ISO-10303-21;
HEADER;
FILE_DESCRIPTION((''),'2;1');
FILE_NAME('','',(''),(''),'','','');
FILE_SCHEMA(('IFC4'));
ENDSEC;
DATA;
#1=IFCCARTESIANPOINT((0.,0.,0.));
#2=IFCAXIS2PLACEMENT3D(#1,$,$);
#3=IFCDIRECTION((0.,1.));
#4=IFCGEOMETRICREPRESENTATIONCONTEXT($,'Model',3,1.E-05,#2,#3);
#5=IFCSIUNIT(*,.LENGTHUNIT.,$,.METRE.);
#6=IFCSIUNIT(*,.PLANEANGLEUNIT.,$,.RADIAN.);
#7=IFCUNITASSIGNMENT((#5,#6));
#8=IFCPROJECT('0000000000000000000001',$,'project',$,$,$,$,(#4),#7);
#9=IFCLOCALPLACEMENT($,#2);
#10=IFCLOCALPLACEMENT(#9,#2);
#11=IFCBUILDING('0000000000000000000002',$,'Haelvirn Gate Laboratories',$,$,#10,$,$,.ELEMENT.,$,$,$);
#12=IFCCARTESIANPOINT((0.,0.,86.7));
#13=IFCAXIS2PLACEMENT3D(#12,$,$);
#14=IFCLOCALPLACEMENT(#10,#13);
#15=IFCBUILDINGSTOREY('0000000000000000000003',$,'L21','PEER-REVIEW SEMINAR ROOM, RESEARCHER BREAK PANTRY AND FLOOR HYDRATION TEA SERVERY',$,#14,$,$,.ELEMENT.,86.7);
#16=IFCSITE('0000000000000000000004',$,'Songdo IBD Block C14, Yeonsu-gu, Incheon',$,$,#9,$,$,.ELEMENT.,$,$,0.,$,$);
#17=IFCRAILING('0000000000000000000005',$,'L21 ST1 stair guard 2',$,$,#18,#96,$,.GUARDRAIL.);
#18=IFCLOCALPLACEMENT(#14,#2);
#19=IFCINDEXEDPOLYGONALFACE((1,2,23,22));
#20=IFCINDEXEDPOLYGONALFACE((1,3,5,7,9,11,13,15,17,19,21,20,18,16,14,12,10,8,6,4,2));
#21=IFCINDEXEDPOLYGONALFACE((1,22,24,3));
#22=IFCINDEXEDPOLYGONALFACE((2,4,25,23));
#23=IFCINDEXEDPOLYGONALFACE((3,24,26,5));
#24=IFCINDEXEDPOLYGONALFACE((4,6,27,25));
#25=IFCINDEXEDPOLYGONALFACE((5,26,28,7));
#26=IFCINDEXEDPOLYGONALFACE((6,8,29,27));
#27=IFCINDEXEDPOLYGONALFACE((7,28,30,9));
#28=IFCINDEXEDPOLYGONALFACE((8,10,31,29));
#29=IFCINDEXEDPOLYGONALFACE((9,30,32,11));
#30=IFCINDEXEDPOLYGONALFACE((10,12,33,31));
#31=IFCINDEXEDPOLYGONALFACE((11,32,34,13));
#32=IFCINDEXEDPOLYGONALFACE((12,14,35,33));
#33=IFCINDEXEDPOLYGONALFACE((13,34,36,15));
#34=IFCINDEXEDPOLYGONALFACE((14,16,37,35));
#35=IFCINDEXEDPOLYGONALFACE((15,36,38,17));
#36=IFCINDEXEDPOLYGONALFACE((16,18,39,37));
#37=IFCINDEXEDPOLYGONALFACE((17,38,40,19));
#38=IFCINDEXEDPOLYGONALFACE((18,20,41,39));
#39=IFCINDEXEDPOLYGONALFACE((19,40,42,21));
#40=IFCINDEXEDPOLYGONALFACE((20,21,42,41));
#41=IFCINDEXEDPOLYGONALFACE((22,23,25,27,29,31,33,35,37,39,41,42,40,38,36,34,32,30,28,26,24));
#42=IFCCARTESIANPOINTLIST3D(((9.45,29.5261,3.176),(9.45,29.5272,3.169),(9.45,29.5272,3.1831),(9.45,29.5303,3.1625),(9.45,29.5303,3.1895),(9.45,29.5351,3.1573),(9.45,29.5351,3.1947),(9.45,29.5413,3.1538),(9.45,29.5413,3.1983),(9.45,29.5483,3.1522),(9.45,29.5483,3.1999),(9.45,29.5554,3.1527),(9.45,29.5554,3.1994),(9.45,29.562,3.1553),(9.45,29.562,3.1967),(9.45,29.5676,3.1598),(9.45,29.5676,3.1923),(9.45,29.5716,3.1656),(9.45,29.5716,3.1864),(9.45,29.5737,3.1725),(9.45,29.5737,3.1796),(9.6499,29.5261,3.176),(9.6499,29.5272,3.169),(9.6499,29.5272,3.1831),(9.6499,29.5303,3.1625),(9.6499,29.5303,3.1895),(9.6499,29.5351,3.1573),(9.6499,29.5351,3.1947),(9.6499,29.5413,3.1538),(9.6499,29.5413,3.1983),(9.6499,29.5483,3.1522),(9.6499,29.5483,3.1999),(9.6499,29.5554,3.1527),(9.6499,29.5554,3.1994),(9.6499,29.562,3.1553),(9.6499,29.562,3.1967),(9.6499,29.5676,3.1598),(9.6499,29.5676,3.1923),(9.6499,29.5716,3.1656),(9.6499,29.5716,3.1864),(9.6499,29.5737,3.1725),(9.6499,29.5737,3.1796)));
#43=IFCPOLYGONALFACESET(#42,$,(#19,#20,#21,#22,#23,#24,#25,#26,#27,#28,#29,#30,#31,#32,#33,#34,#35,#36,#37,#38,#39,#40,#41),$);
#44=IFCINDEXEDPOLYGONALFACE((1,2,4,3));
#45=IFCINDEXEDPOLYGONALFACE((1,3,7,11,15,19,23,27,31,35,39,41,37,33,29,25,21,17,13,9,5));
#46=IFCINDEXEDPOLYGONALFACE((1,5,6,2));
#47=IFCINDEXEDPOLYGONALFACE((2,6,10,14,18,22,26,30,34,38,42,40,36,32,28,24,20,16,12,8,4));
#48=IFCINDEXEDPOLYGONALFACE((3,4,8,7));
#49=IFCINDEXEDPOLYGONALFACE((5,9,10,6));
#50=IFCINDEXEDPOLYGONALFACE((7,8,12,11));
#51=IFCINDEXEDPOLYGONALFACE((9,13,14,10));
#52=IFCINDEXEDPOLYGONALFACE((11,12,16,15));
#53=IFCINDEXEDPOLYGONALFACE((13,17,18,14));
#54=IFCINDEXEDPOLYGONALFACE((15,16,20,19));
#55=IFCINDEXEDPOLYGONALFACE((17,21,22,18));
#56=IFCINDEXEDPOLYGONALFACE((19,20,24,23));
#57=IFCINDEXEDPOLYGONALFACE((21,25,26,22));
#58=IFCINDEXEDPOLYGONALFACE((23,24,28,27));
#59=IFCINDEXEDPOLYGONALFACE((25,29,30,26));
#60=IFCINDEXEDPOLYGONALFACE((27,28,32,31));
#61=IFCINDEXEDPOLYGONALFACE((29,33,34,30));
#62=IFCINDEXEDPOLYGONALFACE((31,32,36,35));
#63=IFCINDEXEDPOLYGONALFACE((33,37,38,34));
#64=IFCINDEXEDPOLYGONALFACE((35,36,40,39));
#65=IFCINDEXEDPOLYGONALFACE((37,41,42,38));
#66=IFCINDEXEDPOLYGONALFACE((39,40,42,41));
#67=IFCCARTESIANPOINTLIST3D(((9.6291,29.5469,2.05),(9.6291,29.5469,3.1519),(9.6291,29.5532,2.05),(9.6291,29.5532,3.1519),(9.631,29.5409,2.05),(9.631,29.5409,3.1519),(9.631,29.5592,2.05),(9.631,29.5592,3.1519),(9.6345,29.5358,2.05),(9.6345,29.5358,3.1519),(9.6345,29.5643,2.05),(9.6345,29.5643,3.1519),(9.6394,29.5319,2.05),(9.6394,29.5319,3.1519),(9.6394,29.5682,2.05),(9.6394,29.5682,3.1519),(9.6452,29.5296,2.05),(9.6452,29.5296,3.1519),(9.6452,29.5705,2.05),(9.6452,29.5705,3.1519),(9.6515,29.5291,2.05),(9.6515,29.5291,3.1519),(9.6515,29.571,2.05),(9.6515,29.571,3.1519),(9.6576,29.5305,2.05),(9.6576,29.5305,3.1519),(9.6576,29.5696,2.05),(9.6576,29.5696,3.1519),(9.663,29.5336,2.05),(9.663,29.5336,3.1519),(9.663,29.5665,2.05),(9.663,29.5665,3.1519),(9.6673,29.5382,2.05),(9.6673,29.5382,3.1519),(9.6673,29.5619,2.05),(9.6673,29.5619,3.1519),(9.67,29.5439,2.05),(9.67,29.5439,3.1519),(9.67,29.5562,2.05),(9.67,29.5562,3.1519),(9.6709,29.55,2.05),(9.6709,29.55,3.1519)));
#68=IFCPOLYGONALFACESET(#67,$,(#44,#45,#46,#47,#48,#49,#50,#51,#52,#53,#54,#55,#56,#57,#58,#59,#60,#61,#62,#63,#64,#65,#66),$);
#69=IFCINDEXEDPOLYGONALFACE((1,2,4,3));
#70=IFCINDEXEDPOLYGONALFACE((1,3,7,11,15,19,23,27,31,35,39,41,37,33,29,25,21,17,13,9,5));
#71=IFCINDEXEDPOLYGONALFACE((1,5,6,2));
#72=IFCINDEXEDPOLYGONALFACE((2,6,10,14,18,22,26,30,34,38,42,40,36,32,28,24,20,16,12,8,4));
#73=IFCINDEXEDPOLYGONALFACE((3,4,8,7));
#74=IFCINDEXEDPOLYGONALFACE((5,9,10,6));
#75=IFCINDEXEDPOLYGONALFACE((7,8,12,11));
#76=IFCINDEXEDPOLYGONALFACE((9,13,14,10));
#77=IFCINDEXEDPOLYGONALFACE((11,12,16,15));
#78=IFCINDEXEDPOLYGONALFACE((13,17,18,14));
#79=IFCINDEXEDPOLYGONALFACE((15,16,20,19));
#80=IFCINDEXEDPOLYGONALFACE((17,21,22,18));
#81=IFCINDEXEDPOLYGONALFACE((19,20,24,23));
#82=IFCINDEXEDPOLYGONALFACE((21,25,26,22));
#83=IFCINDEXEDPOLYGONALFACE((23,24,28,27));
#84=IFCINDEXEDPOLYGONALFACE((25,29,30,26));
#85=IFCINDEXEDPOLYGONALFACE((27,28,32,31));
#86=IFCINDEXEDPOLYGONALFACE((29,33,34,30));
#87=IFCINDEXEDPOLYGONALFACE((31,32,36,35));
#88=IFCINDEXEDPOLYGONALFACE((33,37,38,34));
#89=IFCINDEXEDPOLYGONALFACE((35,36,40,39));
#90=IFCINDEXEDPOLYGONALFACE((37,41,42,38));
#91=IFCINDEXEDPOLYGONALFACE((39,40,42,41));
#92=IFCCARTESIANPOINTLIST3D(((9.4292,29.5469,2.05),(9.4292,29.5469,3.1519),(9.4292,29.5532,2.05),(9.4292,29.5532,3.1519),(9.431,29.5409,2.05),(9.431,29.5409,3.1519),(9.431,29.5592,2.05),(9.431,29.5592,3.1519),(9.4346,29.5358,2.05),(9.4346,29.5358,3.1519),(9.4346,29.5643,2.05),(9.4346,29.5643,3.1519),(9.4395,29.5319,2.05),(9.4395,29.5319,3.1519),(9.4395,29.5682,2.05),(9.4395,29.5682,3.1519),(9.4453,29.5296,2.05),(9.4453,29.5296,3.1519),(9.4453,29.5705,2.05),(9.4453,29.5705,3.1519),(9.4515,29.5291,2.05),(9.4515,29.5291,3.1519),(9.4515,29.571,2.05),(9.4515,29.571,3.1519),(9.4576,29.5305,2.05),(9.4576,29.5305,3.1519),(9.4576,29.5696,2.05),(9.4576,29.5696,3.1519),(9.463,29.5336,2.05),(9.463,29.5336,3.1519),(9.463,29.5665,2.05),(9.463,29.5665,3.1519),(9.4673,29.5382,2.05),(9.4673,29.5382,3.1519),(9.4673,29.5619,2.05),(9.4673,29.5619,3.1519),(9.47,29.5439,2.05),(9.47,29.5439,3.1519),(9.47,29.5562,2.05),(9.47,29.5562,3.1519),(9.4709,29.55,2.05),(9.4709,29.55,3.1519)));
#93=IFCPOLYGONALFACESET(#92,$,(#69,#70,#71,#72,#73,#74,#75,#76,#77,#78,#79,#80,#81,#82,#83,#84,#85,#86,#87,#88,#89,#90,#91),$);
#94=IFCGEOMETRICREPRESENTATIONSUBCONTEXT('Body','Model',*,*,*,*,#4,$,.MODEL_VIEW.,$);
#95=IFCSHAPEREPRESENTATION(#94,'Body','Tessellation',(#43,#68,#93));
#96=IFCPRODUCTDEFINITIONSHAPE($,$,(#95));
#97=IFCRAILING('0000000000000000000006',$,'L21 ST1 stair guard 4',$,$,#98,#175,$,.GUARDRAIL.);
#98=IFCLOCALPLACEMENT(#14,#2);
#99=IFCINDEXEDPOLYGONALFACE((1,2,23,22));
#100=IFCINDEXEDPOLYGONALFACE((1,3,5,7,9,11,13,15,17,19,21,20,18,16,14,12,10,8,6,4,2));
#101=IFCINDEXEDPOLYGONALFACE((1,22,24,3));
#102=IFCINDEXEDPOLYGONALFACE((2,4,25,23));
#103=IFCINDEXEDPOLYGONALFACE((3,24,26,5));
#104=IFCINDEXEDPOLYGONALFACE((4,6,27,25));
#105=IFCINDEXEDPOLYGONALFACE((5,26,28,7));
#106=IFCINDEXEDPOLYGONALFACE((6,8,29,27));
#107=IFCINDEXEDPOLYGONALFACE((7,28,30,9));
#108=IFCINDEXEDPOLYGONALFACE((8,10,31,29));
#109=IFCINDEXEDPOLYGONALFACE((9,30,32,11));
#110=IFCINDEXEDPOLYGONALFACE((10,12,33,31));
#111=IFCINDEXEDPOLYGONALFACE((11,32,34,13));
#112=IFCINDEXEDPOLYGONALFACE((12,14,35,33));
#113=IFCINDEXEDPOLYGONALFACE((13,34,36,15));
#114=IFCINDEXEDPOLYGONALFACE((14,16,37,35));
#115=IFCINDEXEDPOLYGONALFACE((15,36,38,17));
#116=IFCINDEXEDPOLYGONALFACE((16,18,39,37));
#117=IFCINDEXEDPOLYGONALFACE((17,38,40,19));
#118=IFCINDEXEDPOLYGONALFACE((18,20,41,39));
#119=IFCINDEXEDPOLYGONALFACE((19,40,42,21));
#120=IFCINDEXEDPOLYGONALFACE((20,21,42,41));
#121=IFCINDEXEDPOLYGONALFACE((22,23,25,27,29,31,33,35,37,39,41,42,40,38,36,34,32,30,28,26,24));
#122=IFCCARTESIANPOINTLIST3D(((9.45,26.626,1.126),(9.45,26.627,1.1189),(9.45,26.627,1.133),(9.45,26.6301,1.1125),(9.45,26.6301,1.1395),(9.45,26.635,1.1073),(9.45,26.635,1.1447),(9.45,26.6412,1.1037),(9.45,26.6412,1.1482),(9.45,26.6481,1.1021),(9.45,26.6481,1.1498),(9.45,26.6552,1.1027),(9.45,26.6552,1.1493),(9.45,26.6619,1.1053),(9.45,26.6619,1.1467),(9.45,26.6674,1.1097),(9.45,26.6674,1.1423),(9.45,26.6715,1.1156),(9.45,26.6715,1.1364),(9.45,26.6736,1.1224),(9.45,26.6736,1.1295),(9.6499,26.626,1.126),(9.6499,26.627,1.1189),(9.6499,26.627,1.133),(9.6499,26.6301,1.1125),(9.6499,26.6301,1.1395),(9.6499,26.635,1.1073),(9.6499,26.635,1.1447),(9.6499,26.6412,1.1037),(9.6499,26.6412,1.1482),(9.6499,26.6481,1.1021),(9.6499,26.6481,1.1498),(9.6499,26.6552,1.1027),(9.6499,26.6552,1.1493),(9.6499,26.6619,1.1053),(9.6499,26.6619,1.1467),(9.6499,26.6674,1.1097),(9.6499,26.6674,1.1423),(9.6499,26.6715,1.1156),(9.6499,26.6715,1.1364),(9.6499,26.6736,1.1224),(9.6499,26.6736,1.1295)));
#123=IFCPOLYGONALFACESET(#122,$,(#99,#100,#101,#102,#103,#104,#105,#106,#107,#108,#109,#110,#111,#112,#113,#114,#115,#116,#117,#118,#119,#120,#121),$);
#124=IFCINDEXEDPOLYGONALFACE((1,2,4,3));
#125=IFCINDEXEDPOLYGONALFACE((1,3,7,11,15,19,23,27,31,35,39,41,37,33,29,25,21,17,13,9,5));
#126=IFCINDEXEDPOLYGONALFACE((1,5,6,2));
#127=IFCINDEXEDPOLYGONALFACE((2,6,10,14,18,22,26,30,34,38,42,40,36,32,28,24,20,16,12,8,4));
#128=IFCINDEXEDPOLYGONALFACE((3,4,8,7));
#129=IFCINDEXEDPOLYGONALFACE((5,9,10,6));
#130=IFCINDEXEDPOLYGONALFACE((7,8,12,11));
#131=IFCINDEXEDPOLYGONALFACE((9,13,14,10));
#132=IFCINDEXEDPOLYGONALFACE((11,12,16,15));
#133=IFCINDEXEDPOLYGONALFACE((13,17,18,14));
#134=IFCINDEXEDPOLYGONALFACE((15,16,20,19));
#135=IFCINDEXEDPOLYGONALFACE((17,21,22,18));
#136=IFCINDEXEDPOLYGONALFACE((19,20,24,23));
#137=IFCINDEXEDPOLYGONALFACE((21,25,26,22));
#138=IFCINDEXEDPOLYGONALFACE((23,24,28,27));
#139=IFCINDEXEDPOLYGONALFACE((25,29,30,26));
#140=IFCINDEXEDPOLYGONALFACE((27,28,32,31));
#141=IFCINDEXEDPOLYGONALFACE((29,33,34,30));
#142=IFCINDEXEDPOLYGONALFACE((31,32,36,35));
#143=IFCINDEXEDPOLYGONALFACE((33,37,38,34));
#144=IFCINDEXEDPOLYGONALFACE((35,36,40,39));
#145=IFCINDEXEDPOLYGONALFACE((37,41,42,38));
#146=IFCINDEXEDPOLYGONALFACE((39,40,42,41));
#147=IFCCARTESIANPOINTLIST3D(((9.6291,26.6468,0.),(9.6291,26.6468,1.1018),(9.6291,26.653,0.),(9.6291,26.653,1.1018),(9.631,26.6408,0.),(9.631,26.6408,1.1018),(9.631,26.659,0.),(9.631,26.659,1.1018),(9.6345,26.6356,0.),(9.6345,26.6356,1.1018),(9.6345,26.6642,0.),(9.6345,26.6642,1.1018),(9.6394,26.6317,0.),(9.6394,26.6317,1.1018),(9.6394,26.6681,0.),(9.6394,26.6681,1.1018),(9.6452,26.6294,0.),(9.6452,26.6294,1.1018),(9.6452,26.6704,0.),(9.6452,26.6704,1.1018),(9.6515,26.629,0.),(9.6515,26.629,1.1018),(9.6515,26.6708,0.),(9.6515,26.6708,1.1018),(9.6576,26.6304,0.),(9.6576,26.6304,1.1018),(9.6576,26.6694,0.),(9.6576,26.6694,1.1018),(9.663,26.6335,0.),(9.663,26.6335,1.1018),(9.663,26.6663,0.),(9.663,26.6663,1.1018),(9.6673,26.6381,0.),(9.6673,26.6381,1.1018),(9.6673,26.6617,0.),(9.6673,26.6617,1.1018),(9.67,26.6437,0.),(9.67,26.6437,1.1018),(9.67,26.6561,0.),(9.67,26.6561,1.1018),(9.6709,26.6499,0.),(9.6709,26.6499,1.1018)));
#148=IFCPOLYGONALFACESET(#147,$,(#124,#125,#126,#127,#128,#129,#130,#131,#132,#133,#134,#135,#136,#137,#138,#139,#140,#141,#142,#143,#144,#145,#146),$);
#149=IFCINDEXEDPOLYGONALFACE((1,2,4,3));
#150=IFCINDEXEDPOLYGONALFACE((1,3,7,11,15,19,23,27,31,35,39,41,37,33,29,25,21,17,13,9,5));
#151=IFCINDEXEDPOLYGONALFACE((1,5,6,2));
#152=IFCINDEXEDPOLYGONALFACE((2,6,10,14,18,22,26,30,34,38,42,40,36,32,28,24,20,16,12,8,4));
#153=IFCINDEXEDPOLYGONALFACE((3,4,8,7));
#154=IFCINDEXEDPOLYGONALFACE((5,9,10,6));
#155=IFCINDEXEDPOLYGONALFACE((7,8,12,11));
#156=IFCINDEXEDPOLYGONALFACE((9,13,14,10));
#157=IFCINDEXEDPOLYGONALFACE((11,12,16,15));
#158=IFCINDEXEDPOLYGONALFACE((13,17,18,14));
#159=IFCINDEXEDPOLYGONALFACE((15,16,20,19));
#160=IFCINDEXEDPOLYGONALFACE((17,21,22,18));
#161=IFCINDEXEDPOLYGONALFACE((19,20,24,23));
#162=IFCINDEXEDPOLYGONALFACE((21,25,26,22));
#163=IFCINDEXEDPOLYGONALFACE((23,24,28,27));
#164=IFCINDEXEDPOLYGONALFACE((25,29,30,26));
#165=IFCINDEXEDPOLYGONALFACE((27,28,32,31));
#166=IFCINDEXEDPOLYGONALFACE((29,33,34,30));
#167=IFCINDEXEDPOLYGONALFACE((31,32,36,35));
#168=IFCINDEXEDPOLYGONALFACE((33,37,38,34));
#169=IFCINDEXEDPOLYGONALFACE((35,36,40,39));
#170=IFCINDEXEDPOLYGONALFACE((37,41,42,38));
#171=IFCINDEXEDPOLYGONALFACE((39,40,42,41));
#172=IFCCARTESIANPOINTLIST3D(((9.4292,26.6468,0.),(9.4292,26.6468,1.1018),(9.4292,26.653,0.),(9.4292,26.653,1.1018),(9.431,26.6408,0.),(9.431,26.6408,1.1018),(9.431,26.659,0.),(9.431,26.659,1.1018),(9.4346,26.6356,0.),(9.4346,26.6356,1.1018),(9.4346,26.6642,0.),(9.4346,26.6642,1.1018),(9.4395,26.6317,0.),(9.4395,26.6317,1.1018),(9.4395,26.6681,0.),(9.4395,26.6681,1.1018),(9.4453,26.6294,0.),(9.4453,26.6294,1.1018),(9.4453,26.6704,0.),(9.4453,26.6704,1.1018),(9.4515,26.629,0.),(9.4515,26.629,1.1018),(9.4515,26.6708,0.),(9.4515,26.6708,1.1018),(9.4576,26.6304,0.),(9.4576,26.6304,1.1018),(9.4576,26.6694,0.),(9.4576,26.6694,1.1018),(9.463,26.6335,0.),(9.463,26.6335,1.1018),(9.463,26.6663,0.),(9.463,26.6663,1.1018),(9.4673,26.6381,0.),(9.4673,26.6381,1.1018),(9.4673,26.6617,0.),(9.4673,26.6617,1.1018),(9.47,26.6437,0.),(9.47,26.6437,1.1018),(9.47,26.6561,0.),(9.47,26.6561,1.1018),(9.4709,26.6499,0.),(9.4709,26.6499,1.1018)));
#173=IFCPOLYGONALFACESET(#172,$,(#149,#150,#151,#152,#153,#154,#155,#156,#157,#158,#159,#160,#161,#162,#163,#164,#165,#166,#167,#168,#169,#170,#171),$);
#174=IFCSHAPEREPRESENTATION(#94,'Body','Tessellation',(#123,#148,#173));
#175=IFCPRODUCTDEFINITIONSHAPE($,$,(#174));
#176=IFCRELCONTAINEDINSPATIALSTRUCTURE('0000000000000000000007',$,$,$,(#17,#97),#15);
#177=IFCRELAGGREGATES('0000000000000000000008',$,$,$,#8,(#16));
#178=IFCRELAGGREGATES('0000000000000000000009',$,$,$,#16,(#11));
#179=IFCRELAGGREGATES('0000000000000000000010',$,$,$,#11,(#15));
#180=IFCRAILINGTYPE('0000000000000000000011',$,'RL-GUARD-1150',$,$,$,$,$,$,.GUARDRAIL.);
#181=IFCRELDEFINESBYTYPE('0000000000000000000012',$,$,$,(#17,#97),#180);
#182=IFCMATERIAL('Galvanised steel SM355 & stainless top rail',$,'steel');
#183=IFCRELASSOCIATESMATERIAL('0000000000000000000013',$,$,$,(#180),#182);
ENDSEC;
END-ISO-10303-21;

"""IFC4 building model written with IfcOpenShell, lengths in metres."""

from ifc_helpers import new_model, si_unit, direction, frame, origin, origin_2d, place, context, subcontext, project, spatial, circle, extrude, source, transform, mapped, material, type_object, element, save


model = new_model("IFC4")

# Units and contexts
model_context = context("Model", 3, precision=1e-05, world=origin(), true_north=direction((0.0, 1.0)))
body_context = subcontext(model_context, "Body", "Model", "MODEL_VIEW")
ifc_project = project(units=[si_unit("LENGTHUNIT", "METRE"), si_unit("PLANEANGLEUNIT", "RADIAN")], contexts=[model_context])

# Site, building, storey
site_placement = place(None, origin())
site = spatial("IfcSite", under=ifc_project, at=site_placement, Name="Songdo IBD Block C14, Yeonsu-gu, Incheon", CompositionType="ELEMENT", RefElevation=0.0)
building_placement = place(site_placement, origin())
building = spatial("IfcBuilding", under=site, at=building_placement, Name="Haelvirn Gate Laboratories", CompositionType="ELEMENT")
storey_placement = place(building_placement, frame((0.0, 0.0, 86.7)))
storey = spatial("IfcBuildingStorey", under=building, at=storey_placement, Name="L21", Description="PEER-REVIEW SEMINAR ROOM, RESEARCHER BREAK PANTRY AND FLOOR HYDRATION TEA SERVERY", CompositionType="ELEMENT", Elevation=86.7)

# Railings
ifc_material_1 = material(Name="Galvanised steel SM355 & stainless top rail", Category="steel")
railing_type_1 = type_object("IfcRailingType", Name="RL-GUARD-1150", PredefinedType="GUARDRAIL", material=ifc_material_1)
shared_shape_1 = source(origin(), body_context, "Body", "SweptSolid", [
    extrude(circle(Radius=0.0239, at=origin_2d()), frame((0.0, 0.0, 1.126), z_axis=(-1.0, 0.0, 0.0), x_axis=(0.0, -1.0, 0.0)), (0.0, 0.0, 1.0), 0.2),
    extrude(circle(Radius=0.021, at=origin_2d()), origin(), (0.0, 0.0, 1.0), 1.1018),
    extrude(circle(Radius=0.021, at=origin_2d()), frame((-0.2, 0.0, 0.0)), (0.0, 0.0, 1.0), 1.1018),
])
for number, where, name in (
    (1, (9.6499, 29.55, 2.05), "L21 ST1 stair guard 2"),
    (2, (9.6499, 26.6499, 0.0), "L21 ST1 stair guard 4"),
):
    element("IfcRailing", number, at=place(storey_placement, frame(where)), inside=storey, type_object=railing_type_1, Name=name, PredefinedType="GUARDRAIL", context=body_context, shape_type="MappedRepresentation", body=[
        mapped(shared_shape_1, transform((0.0, 0.0, 0.0), scale=1.0)),
    ])

save(model, "model.ifc")
